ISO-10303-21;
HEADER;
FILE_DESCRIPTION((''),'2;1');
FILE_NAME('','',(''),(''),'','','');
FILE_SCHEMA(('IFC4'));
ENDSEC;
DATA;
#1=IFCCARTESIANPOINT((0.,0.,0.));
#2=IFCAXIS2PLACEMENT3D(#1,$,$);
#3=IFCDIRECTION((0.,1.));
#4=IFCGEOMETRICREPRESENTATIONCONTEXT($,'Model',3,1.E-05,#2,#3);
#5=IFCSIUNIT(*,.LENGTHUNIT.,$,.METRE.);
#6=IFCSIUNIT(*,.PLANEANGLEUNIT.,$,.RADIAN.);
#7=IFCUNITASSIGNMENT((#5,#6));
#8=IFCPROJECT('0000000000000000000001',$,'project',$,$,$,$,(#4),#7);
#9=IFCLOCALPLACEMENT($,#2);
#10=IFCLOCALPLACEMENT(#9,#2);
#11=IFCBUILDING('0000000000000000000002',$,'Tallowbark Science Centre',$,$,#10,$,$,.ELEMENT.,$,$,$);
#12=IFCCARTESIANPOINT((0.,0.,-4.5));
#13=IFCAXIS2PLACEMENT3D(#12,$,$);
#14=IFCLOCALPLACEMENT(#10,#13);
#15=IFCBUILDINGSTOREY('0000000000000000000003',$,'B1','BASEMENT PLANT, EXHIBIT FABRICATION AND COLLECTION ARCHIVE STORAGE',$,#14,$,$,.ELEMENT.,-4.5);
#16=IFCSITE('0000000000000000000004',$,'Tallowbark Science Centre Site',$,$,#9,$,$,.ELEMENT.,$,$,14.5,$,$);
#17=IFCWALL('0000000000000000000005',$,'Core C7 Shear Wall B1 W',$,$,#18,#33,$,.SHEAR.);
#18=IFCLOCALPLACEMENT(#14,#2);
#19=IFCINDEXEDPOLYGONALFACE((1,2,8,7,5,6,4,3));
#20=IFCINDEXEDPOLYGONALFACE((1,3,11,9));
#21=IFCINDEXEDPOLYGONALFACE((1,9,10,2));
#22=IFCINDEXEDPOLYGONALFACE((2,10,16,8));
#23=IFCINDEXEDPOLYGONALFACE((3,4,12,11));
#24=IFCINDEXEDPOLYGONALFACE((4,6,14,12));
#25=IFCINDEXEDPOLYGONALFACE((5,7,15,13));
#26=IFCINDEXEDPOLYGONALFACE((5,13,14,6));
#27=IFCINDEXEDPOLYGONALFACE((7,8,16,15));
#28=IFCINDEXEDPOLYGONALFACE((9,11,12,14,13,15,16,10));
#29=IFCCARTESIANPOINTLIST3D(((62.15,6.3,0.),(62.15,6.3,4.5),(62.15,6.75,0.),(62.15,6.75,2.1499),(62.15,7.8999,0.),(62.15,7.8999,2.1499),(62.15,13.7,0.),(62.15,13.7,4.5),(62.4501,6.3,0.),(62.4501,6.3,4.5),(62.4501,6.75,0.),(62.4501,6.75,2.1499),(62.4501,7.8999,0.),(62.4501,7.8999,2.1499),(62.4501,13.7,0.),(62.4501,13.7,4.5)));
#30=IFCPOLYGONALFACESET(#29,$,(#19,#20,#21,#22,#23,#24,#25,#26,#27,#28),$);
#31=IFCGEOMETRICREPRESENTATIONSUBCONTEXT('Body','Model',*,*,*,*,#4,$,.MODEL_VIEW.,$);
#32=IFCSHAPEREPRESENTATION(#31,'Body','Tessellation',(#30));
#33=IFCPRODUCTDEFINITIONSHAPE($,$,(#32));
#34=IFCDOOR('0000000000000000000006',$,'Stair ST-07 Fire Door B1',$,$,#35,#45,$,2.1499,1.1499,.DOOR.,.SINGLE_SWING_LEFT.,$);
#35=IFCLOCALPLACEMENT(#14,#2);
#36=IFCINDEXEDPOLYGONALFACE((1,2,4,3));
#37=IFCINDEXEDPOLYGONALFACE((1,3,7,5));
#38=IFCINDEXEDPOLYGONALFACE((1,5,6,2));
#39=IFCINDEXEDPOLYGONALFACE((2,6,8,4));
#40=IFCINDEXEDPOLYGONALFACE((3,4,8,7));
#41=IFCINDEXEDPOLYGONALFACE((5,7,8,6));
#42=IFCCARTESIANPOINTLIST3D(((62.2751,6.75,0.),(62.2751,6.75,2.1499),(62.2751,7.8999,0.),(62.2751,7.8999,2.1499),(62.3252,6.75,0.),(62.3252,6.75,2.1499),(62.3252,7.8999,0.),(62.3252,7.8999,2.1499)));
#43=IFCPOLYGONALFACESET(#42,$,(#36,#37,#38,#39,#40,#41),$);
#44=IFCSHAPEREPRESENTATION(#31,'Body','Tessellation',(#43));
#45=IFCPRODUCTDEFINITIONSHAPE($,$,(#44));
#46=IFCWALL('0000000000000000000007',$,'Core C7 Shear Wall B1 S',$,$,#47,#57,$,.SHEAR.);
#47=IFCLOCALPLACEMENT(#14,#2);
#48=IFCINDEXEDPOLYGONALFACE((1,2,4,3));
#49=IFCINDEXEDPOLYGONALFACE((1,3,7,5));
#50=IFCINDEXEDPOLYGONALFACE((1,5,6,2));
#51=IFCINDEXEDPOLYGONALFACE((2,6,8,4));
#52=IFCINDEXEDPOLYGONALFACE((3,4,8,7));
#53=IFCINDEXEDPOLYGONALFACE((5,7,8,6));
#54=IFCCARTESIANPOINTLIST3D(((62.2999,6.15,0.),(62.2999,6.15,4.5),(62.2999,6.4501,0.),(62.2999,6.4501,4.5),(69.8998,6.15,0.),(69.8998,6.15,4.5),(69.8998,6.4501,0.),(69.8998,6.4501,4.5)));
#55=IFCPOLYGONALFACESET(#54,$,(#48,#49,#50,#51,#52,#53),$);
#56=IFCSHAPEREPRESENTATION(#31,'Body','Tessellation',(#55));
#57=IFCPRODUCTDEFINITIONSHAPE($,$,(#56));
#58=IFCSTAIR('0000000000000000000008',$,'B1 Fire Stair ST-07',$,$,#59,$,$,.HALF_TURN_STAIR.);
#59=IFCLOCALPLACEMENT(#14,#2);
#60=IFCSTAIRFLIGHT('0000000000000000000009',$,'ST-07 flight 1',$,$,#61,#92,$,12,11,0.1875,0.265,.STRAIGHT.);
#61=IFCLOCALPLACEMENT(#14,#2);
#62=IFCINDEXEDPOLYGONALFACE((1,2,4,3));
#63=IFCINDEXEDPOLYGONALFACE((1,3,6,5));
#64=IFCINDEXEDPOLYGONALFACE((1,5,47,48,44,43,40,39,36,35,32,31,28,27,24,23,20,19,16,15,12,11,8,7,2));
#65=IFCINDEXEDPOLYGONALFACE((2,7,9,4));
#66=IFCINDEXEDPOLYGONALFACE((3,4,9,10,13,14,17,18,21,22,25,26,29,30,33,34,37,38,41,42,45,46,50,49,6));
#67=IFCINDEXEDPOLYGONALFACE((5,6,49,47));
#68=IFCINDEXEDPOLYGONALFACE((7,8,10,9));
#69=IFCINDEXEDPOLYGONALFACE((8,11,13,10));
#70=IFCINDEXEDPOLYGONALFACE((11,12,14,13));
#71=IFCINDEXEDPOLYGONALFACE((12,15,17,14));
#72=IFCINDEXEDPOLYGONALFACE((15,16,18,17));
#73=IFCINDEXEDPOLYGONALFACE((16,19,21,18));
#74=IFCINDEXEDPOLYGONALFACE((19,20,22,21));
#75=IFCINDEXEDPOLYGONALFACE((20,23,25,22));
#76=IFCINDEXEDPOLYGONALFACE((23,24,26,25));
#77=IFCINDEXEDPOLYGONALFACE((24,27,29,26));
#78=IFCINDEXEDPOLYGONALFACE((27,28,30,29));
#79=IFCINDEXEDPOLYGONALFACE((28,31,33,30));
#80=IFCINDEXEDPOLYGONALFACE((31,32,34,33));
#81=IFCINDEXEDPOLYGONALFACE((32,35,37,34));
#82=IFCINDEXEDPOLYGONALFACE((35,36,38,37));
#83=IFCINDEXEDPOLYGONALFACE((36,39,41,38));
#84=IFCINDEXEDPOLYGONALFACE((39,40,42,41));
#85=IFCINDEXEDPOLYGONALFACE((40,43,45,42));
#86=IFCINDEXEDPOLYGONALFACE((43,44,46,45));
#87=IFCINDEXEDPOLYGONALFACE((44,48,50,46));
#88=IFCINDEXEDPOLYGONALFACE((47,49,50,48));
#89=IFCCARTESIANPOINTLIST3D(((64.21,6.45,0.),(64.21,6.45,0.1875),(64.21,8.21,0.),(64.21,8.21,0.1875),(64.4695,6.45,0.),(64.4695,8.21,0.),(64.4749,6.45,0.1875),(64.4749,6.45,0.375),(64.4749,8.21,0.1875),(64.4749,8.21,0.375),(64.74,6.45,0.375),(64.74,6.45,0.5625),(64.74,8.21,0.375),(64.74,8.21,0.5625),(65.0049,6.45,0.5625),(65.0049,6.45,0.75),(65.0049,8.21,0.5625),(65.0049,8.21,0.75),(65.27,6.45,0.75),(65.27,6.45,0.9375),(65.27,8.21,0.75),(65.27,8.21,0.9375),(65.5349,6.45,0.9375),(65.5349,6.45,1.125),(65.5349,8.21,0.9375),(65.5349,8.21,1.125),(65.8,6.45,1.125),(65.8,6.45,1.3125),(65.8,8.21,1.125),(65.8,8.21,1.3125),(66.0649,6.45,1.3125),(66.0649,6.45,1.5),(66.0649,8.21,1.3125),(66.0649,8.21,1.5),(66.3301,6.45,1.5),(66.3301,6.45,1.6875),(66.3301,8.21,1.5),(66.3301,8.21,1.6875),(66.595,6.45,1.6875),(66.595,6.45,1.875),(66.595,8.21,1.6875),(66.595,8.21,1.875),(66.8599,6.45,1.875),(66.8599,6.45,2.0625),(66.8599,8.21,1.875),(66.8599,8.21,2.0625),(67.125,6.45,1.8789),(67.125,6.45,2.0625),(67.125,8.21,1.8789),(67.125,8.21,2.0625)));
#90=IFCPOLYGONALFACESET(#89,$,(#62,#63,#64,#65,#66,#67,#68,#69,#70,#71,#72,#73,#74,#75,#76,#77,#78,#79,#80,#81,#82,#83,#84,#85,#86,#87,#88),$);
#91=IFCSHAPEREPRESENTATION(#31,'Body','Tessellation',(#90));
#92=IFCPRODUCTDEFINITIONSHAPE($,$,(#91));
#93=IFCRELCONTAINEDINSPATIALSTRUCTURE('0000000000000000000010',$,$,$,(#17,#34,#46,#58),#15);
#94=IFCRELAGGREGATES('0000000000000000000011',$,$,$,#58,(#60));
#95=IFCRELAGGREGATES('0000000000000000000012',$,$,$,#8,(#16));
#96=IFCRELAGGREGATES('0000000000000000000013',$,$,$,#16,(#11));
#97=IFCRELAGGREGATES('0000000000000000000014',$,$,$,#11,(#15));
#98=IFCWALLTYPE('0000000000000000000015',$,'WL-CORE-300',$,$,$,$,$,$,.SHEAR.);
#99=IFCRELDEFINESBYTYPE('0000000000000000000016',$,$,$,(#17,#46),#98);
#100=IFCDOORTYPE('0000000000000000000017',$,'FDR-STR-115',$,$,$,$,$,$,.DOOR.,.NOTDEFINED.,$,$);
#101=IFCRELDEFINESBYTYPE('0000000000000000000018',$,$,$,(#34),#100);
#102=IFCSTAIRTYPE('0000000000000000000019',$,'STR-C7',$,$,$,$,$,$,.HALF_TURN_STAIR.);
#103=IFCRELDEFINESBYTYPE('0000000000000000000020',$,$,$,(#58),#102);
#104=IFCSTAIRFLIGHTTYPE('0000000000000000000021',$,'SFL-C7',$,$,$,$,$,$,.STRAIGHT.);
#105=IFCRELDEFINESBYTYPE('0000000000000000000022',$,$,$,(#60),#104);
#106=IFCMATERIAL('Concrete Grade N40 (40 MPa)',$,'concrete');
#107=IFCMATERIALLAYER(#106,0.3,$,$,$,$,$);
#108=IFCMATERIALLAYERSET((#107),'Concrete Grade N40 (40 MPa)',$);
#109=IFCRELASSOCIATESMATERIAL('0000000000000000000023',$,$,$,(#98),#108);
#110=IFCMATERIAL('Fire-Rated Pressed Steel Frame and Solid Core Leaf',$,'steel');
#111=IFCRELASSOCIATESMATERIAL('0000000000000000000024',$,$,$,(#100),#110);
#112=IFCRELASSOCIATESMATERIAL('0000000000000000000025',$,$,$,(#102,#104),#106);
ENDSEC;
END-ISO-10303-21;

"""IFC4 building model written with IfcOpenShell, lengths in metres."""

from ifc_helpers import new_model, si_unit, direction, frame, frame_2d, origin, place, context, subcontext, project, spatial, polyline, rectangle, outline, extrude, material, layer, layer_set, type_object, element, fill, aggregate, save


model = new_model("IFC4")

# Units and contexts
model_context = context("Model", 3, precision=1e-05, world=origin(), true_north=direction((0.0, 1.0)))
body_context = subcontext(model_context, "Body", "Model", "MODEL_VIEW")
ifc_project = project(units=[si_unit("LENGTHUNIT", "METRE"), si_unit("PLANEANGLEUNIT", "RADIAN")], contexts=[model_context])

# Site, building, storey
site_placement = place(None, origin())
site = spatial("IfcSite", under=ifc_project, at=site_placement, Name="Tallowbark Science Centre Site", CompositionType="ELEMENT", RefElevation=14.5)
building_placement = place(site_placement, origin())
building = spatial("IfcBuilding", under=site, at=building_placement, Name="Tallowbark Science Centre", CompositionType="ELEMENT")
storey_placement = place(building_placement, frame((0.0, 0.0, -4.5)))
storey = spatial("IfcBuildingStorey", under=building, at=storey_placement, Name="B1", Description="BASEMENT PLANT, EXHIBIT FABRICATION AND COLLECTION ARCHIVE STORAGE", CompositionType="ELEMENT", Elevation=-4.5)

# Shared definitions
ifc_material_1 = material(Name="Concrete Grade N40 (40 MPa)", Category="concrete")

# Wall, opening, door
ifc_layer_1 = layer(ifc_material_1, 0.3)
ifc_layer_set_1 = layer_set([ifc_layer_1], Name="Concrete Grade N40 (40 MPa)")
wall_type = type_object("IfcWallType", Name="WL-CORE-300", PredefinedType="SHEAR", material=ifc_layer_set_1)
wall_1_placement = place(storey_placement, frame((62.3, 6.3, 0.0), z_axis=(0.0, 0.0, 1.0), x_axis=(0.0, 1.0, 0.0)))
wall_1 = element("IfcWall", 1, at=wall_1_placement, inside=storey, type_object=wall_type, Name="Core C7 Shear Wall B1 W", PredefinedType="SHEAR", context=body_context, shape_type="SweptSolid", body=[
    extrude(rectangle(XDim=7.3999, YDim=0.3, at=frame_2d((3.7, 0.0))), origin(), (0.0, 0.0, 1.0), 4.5),
])
opening_placement = place(wall_1_placement, frame((0.45, 0.0, 0.0)))
opening = element("IfcOpeningElement", 2, at=opening_placement, cuts=wall_1, PredefinedType="OPENING", context=body_context, shape_type="SweptSolid", body=[
    extrude(rectangle(XDim=1.1499, YDim=2.1499, at=frame_2d((0.575, 1.075))), frame((0.0, 0.1602, 0.0), z_axis=(0.0, -1.0, 0.0), x_axis=(1.0, 0.0, 0.0)), (0.0, 0.0, 1.0), 0.3201),
])
ifc_material_2 = material(Name="Fire-Rated Pressed Steel Frame and Solid Core Leaf", Category="steel")
door_type = type_object("IfcDoorType", Name="FDR-STR-115", OperationType="NOTDEFINED", PredefinedType="DOOR", material=ifc_material_2)
door_placement = place(opening_placement, origin())
door = element("IfcDoor", 3, at=door_placement, inside=storey, type_object=door_type, Name="Stair ST-07 Fire Door B1", OperationType="SINGLE_SWING_LEFT", OverallHeight=2.1499, OverallWidth=1.1499, PredefinedType="DOOR", context=body_context, shape_type="SweptSolid", body=[
    extrude(rectangle(XDim=1.1499, YDim=2.1499, at=frame_2d((0.575, 1.075))), frame((0.0, 0.0249, 0.0), z_axis=(0.0, -1.0, 0.0), x_axis=(1.0, 0.0, 0.0)), (0.0, 0.0, 1.0), 0.05),
])
fill(opening, door)

# Wall
wall_2_placement = place(storey_placement, frame((62.3, 6.3, 0.0), z_axis=(0.0, 0.0, 1.0), x_axis=(1.0, 0.0, 0.0)))
element("IfcWall", 4, at=wall_2_placement, inside=storey, type_object=wall_type, Name="Core C7 Shear Wall B1 S", PredefinedType="SHEAR", context=body_context, shape_type="SweptSolid", body=[
    extrude(rectangle(XDim=7.5999, YDim=0.3, at=frame_2d((3.7998, 0.0))), origin(), (0.0, 0.0, 1.0), 4.5),
])

# Stair, stair flight
stair_type = type_object("IfcStairType", Name="STR-C7", PredefinedType="HALF_TURN_STAIR", material=ifc_material_1)
stair_placement = place(storey_placement, origin())
stair = element("IfcStair", 5, at=stair_placement, inside=storey, type_object=stair_type, Name="B1 Fire Stair ST-07", PredefinedType="HALF_TURN_STAIR")
stair_flight_type = type_object("IfcStairFlightType", Name="SFL-C7", PredefinedType="STRAIGHT", material=ifc_material_1)
stair_flight_placement = place(storey_placement, frame((64.21, 7.3301, 0.0), z_axis=(0.0, 0.0, 1.0), x_axis=(1.0, 0.0, 0.0)))
stair_flight = element("IfcStairFlight", 6, at=stair_flight_placement, type_object=stair_flight_type, Name="ST-07 flight 1", NumberOfRisers=12, NumberOfTreads=11, PredefinedType="STRAIGHT", RiserHeight=0.1875, TreadLength=0.265, context=body_context, shape_type="SweptSolid", body=[
    extrude(outline(polyline([(0.0, 0.0), (0.0, 0.1875), (0.2649, 0.1875), (0.2649, 0.375), (0.53, 0.375), (0.53, 0.5625), (0.7949, 0.5625), (0.7949, 0.75), (1.0601, 0.75), (1.0601, 0.9375), (1.325, 0.9375), (1.325, 1.125), (1.5901, 1.125), (1.5901, 1.3125), (1.855, 1.3125), (1.855, 1.5), (2.1201, 1.5), (2.1201, 1.6875), (2.385, 1.6875), (2.385, 1.875), (2.6499, 1.875), (2.6499, 2.0625), (2.915, 2.0625), (2.915, 2.25), (2.915, 1.8789), (0.2595, 0.0), (0.0, 0.0)])), frame((0.0, 0.8799, 0.0), z_axis=(0.0, -1.0, 0.0), x_axis=(1.0, 0.0, 0.0)), (0.0, 0.0, 1.0), 1.76),
])
aggregate(stair, [stair_flight])

save(model, "model.ifc")
